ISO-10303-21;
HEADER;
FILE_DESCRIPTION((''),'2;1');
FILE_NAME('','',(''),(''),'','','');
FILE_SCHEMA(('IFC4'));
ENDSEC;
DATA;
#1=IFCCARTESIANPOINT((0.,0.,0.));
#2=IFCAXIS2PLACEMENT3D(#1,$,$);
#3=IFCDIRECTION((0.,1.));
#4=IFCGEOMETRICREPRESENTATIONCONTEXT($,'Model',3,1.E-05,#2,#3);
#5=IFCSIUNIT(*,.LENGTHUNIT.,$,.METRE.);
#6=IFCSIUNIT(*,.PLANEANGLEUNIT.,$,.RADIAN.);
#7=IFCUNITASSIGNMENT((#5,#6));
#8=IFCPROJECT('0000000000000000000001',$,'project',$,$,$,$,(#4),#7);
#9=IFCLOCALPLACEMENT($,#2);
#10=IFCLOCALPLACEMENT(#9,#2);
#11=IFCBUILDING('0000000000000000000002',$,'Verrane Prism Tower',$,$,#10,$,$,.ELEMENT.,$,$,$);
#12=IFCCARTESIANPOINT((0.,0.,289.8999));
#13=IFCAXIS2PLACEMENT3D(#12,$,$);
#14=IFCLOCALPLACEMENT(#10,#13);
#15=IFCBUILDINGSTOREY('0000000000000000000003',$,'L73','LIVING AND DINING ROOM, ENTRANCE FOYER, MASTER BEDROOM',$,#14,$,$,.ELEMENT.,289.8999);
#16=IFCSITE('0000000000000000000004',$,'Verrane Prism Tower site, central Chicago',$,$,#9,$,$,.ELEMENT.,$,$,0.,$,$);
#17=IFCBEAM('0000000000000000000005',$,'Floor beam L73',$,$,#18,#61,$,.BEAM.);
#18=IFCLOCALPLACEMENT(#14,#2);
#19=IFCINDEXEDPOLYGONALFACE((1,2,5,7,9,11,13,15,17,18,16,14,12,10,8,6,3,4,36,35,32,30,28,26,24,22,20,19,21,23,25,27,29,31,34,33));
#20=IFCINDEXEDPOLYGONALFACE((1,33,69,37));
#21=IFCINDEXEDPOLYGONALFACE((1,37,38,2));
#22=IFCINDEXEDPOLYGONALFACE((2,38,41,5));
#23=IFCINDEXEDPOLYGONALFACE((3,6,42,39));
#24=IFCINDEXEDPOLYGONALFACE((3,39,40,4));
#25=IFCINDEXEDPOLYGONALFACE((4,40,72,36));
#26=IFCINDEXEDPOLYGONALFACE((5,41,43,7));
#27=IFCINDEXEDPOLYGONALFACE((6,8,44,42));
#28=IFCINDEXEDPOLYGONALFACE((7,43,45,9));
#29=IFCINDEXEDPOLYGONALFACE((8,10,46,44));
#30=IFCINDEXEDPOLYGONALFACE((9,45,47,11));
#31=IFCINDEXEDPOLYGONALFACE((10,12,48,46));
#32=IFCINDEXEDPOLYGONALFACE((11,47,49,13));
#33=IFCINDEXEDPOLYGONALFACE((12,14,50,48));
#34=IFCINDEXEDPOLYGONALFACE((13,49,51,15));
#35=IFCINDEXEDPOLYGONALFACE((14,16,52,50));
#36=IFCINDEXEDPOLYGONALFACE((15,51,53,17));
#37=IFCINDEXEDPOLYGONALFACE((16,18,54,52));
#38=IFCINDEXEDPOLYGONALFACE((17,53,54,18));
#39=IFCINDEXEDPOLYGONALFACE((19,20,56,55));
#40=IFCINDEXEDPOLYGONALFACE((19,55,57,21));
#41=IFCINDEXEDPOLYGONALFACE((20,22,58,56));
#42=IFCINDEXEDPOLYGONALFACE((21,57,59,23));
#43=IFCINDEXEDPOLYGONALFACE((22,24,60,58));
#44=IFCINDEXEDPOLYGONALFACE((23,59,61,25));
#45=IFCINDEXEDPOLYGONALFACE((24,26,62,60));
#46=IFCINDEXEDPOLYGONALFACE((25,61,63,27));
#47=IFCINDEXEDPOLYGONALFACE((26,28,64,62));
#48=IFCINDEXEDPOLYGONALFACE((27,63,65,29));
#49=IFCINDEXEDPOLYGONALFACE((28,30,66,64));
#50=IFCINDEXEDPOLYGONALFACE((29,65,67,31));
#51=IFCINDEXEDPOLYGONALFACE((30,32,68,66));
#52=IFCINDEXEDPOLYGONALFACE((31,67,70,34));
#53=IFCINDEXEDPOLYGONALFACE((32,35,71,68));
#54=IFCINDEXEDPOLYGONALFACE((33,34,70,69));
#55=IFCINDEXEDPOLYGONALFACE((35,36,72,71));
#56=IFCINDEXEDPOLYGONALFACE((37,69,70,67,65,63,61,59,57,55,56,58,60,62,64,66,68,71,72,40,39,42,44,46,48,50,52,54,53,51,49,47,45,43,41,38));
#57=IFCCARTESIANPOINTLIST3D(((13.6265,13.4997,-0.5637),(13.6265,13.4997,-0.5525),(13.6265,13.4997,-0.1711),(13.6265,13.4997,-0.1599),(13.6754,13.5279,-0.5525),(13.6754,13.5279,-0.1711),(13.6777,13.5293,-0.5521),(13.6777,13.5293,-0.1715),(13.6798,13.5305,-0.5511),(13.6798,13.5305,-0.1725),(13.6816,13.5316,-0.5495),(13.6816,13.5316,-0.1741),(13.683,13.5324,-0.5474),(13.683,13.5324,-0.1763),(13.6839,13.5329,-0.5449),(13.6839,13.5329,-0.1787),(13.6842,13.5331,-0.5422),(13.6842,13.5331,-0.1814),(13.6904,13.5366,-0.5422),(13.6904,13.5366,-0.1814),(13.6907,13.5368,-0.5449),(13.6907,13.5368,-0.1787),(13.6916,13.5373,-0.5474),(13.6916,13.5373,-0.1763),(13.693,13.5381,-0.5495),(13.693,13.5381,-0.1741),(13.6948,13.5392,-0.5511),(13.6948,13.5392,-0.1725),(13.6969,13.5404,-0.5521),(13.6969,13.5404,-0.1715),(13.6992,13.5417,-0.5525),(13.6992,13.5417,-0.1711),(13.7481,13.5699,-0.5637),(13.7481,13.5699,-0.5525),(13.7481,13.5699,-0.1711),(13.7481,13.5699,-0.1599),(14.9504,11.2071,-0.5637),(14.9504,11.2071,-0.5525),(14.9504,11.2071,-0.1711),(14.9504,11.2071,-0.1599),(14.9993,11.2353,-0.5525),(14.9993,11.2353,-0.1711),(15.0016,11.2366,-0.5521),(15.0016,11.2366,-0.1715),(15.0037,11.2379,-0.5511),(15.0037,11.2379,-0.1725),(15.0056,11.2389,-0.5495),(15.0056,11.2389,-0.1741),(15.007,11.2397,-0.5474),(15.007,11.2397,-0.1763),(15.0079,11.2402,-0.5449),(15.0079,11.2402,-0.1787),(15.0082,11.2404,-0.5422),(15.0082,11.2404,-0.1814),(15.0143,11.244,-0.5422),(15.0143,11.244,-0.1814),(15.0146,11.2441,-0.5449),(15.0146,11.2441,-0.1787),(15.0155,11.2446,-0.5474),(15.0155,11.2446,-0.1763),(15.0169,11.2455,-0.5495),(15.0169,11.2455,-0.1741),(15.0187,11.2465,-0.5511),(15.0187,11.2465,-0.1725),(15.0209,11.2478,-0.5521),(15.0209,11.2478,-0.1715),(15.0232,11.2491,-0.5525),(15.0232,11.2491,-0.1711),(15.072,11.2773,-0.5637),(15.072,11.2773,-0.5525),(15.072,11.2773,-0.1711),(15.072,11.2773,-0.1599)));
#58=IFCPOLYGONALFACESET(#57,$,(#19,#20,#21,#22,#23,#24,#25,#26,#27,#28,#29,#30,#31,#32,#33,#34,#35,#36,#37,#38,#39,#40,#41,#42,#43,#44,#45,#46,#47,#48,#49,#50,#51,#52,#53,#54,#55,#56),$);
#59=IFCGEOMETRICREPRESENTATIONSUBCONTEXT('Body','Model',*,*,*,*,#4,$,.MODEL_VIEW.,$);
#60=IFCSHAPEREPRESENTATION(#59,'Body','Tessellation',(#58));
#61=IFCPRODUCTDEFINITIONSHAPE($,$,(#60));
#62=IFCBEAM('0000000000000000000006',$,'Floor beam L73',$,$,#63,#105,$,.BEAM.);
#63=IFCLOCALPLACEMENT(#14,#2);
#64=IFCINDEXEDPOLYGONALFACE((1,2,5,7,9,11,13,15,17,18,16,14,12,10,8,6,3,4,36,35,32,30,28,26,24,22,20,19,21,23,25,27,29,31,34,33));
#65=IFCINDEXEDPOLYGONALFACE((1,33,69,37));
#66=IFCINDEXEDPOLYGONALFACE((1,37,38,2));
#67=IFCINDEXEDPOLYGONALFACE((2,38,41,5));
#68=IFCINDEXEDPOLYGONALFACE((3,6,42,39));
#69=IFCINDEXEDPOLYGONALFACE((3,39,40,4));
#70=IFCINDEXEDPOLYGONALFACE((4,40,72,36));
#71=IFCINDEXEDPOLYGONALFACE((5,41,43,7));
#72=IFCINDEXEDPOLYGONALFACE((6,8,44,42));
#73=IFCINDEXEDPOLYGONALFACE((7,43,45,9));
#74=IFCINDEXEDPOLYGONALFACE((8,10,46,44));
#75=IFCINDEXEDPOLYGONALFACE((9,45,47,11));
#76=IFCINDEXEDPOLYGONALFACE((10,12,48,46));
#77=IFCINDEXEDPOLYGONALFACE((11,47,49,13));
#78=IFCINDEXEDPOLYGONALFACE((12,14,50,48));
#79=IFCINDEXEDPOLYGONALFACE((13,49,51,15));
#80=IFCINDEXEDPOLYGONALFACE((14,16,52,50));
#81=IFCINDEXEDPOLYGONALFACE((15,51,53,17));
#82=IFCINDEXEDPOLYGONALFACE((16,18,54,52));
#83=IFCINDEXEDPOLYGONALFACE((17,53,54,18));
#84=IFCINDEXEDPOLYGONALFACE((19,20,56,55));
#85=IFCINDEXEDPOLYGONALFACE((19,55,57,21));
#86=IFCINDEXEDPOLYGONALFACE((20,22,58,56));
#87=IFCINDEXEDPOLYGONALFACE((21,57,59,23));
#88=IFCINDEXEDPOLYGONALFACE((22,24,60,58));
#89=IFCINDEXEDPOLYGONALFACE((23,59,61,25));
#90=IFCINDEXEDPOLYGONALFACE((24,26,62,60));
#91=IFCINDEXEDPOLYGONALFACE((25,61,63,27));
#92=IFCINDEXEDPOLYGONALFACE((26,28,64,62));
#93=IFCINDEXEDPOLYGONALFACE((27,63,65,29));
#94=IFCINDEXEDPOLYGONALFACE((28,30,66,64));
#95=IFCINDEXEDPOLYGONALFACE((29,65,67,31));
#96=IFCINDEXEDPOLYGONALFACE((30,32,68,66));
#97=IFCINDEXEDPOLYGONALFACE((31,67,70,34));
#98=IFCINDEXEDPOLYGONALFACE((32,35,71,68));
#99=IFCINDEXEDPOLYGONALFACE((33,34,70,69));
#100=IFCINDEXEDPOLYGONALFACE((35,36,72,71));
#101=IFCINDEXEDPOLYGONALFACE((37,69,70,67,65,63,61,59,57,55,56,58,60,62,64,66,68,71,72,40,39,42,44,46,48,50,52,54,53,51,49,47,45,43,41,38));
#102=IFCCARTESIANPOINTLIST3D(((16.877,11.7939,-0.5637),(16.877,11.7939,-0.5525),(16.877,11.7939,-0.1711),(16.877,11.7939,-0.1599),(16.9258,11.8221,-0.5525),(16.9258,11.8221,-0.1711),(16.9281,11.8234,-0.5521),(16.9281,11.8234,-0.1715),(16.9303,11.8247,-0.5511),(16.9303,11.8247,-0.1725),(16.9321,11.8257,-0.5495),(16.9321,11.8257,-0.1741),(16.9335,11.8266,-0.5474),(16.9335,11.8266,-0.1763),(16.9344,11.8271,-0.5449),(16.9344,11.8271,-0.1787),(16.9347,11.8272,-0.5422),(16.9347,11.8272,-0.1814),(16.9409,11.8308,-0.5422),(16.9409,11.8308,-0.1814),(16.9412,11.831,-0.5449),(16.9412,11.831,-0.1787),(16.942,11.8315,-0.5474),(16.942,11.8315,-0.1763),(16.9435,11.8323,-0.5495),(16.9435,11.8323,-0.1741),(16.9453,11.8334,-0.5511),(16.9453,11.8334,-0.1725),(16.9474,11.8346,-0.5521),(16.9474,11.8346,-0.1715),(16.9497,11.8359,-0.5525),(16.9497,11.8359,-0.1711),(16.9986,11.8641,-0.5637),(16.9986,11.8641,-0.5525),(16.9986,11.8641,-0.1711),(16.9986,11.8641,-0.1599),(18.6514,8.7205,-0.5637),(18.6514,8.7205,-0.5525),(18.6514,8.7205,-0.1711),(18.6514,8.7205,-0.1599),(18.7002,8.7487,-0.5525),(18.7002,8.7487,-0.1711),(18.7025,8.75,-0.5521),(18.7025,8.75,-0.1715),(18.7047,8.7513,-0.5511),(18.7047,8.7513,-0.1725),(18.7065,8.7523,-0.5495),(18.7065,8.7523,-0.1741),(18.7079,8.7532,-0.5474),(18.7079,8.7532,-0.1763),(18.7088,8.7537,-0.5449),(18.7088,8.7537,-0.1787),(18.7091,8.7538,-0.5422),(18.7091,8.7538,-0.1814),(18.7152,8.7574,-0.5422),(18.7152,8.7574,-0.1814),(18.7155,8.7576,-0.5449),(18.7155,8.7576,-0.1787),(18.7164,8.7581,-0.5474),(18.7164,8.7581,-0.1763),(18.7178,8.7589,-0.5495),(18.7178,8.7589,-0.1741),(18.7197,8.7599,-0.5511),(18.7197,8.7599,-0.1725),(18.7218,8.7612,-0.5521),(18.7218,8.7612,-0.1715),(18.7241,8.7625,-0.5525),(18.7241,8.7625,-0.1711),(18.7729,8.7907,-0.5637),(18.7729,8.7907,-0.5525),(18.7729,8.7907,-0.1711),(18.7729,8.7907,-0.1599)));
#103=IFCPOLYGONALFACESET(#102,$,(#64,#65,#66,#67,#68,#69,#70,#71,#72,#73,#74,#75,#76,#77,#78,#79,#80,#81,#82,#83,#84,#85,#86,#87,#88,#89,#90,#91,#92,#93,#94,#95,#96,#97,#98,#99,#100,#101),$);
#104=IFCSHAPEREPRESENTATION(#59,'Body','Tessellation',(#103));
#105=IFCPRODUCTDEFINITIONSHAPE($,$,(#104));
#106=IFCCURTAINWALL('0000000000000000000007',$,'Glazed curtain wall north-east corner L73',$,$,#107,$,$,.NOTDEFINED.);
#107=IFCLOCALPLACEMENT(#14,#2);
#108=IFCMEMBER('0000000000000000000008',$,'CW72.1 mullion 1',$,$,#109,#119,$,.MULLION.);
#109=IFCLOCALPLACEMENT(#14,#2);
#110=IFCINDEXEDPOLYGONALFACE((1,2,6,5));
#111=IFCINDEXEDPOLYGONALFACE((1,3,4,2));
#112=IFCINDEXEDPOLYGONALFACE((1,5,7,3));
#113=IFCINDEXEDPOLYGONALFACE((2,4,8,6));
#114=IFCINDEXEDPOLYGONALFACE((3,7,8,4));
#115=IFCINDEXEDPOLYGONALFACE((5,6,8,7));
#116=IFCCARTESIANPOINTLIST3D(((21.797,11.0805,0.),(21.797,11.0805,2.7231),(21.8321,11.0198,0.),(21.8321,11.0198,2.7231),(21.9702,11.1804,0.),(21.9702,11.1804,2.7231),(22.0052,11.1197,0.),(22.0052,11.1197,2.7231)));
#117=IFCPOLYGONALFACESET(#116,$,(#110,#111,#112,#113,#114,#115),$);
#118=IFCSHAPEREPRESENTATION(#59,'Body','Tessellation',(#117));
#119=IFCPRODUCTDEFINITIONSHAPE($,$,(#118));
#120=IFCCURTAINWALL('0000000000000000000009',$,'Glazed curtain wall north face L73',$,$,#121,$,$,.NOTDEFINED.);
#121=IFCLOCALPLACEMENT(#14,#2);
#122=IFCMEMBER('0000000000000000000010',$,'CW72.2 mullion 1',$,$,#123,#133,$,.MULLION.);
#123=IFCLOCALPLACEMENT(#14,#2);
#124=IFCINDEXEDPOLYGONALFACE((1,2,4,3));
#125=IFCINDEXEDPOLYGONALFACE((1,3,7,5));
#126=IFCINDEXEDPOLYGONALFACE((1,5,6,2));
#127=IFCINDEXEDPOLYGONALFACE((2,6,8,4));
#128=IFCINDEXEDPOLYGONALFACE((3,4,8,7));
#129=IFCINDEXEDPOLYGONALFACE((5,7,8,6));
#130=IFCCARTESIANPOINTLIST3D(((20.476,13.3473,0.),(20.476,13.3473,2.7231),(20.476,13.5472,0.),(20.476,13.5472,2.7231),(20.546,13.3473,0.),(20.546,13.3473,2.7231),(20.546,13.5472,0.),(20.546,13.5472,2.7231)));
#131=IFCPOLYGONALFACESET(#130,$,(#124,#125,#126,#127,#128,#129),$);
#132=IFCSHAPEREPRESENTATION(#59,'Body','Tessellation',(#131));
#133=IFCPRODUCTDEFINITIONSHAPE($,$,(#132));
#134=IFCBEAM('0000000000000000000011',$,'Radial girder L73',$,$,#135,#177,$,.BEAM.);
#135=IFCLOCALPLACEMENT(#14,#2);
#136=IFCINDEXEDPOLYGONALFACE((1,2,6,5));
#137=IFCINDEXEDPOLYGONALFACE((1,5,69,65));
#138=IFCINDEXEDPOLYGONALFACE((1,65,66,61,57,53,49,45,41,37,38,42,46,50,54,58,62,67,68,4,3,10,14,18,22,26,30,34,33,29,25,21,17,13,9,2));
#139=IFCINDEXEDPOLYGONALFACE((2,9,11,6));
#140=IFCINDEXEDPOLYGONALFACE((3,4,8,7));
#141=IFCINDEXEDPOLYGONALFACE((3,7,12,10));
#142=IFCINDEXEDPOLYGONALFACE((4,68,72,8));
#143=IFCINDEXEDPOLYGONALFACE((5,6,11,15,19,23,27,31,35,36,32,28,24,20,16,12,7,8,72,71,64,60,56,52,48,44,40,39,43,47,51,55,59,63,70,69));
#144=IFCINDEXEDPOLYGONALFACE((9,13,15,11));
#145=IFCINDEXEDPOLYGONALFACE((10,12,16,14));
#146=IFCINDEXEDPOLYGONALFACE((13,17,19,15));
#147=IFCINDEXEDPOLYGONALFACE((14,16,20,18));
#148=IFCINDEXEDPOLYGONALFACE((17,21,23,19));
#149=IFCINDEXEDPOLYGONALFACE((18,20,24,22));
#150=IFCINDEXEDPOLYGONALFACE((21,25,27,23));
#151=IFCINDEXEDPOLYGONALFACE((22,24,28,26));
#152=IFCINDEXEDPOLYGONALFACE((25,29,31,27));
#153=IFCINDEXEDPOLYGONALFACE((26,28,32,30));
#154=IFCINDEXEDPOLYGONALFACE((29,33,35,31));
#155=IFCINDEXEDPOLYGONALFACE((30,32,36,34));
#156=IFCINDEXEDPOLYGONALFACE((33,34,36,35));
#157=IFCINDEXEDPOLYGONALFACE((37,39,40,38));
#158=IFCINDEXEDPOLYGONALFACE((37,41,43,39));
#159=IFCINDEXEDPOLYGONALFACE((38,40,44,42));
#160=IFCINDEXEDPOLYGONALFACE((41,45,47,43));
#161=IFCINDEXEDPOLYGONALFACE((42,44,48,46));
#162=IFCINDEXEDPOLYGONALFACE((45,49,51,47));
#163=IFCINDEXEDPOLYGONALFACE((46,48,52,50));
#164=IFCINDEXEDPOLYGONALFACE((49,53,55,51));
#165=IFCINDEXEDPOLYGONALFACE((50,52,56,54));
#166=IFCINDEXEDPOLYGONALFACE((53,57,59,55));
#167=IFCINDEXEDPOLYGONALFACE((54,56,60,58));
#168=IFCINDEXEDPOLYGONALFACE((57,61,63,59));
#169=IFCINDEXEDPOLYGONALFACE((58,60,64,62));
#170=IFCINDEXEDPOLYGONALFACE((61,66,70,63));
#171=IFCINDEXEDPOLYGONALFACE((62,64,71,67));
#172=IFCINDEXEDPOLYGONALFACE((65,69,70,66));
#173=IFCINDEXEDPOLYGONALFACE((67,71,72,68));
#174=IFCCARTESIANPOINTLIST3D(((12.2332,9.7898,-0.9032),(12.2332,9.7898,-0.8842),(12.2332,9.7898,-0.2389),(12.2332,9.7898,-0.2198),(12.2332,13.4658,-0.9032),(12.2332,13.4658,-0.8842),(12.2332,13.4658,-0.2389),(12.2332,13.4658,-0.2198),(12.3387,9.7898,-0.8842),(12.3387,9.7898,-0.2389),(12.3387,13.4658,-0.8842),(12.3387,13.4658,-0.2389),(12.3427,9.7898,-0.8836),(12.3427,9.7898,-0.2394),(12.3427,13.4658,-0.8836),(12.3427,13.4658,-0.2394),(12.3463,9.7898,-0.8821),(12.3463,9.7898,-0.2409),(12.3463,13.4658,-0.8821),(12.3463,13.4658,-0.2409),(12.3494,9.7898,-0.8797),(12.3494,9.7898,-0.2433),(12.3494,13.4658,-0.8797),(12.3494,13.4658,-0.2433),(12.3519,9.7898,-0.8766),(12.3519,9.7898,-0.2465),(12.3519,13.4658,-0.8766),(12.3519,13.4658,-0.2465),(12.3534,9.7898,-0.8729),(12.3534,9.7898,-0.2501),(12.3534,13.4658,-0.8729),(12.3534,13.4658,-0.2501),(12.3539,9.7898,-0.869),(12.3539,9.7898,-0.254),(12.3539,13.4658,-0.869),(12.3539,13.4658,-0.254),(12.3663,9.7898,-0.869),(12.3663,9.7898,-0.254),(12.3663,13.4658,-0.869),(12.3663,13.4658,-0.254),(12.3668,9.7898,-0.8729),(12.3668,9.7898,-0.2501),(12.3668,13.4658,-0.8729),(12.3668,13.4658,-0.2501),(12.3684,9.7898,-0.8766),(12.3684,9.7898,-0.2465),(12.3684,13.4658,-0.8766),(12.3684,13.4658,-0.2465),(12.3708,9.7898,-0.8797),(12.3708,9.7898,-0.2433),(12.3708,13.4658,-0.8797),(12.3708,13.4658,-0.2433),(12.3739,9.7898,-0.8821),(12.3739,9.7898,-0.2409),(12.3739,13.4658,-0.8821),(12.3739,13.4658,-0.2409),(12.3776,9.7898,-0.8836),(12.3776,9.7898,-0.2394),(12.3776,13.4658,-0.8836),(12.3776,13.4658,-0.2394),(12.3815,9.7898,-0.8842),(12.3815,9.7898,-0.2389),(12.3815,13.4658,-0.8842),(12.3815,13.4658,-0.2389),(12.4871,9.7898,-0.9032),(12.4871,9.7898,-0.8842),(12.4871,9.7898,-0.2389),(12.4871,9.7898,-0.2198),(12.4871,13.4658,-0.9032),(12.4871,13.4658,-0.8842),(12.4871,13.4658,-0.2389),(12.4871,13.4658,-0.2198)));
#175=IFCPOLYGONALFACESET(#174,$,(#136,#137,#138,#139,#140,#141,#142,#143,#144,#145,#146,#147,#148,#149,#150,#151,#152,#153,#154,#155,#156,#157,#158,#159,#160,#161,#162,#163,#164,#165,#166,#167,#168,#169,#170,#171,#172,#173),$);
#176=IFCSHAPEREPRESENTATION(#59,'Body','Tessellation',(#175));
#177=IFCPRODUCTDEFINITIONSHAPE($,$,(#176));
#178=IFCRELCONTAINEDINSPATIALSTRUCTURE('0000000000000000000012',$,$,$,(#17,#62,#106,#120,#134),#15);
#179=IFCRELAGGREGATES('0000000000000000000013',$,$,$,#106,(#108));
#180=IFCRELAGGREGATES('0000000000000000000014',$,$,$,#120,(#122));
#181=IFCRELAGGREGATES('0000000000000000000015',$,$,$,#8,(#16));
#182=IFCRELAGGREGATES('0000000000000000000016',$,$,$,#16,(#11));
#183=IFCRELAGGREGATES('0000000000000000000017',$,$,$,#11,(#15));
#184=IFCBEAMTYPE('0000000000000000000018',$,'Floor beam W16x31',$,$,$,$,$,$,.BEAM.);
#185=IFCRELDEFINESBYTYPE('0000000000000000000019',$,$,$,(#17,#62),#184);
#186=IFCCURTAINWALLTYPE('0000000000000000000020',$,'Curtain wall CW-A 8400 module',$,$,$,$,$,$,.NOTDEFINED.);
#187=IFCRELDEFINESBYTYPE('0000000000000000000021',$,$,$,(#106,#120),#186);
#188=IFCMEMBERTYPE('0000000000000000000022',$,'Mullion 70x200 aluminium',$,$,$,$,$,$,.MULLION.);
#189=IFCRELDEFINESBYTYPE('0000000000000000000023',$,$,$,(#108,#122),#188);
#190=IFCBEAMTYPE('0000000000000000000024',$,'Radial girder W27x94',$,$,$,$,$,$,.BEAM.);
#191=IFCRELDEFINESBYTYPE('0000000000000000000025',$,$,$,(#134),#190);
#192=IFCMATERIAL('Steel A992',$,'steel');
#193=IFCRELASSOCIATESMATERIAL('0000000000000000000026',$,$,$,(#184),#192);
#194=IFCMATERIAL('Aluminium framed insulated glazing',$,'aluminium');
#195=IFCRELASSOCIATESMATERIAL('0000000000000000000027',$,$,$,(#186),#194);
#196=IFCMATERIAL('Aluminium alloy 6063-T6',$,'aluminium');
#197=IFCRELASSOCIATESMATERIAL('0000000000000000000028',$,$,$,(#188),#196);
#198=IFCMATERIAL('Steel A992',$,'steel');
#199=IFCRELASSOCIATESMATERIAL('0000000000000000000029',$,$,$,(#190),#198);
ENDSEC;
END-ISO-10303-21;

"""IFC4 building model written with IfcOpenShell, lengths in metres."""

from ifc_helpers import new_model, si_unit, direction, frame, origin, origin_2d, place, context, subcontext, project, spatial, rectangle, i_section, extrude, material, material_profile, profile_set, type_object, element, aggregate, save


model = new_model("IFC4")

# Units and contexts
model_context = context("Model", 3, precision=1e-05, world=origin(), true_north=direction((0.0, 1.0)))
body_context = subcontext(model_context, "Body", "Model", "MODEL_VIEW")
ifc_project = project(units=[si_unit("LENGTHUNIT", "METRE"), si_unit("PLANEANGLEUNIT", "RADIAN")], contexts=[model_context])

# Site, building, storey
site_placement = place(None, origin())
site = spatial("IfcSite", under=ifc_project, at=site_placement, Name="Verrane Prism Tower site, central Chicago", CompositionType="ELEMENT", RefElevation=0.0)
building_placement = place(site_placement, origin())
building = spatial("IfcBuilding", under=site, at=building_placement, Name="Verrane Prism Tower", CompositionType="ELEMENT")
storey_placement = place(building_placement, frame((0.0, 0.0, 289.8999)))
storey = spatial("IfcBuildingStorey", under=building, at=storey_placement, Name="L73", Description="LIVING AND DINING ROOM, ENTRANCE FOYER, MASTER BEDROOM", CompositionType="ELEMENT", Elevation=289.8999)

# Beams
ifc_material_1 = material(Name="Steel A992", Category="steel")
ifc_material_profile_1 = material_profile(ifc_material_1, i_section(OverallWidth=0.1404, OverallDepth=0.4038, WebThickness=0.0071, FlangeThickness=0.0112, FilletRadius=0.0103, at=origin_2d()), Name="W16x31")
ifc_profile_set_1 = profile_set([ifc_material_profile_1], Name="Steel A992")
beam_type_1 = type_object("IfcBeamType", Name="Floor beam W16x31", PredefinedType="BEAM", material=ifc_profile_set_1)
beam_1_placement = place(storey_placement, frame((15.0112, 11.2422, -0.3618), z_axis=(-0.500076, 0.865981, 0.0), x_axis=(-0.865981, -0.500076, 0.0)))
element("IfcBeam", 1, at=beam_1_placement, inside=storey, type_object=beam_type_1, Name="Floor beam L73", PredefinedType="BEAM", context=body_context, shape_type="SweptSolid", body=[
    extrude(i_section(OverallWidth=0.1404, OverallDepth=0.4038, WebThickness=0.0071, FlangeThickness=0.0112, FilletRadius=0.0103, at=origin_2d()), origin(), (0.0, 0.0, 1.0), 2.6475),
])
beam_2_placement = place(storey_placement, frame((18.7122, 8.7556, -0.3618), z_axis=(-0.499986, 0.866033, 0.0), x_axis=(-0.866033, -0.499986, 0.0)))
element("IfcBeam", 2, at=beam_2_placement, inside=storey, type_object=beam_type_1, Name="Floor beam L73", PredefinedType="BEAM", context=body_context, shape_type="SweptSolid", body=[
    extrude(i_section(OverallWidth=0.1404, OverallDepth=0.4038, WebThickness=0.0071, FlangeThickness=0.0112, FilletRadius=0.0103, at=origin_2d()), origin(), (0.0, 0.0, 1.0), 3.5488),
])

# Curtain walls, members
ifc_material_2 = material(Name="Aluminium framed insulated glazing", Category="aluminium")
curtain_wall_type = type_object("IfcCurtainWallType", Name="Curtain wall CW-A 8400 module", PredefinedType="NOTDEFINED", material=ifc_material_2)
curtain_wall_1_placement = place(storey_placement, origin())
curtain_wall_1 = element("IfcCurtainWall", 3, at=curtain_wall_1_placement, inside=storey, type_object=curtain_wall_type, Name="Glazed curtain wall north-east corner L73", PredefinedType="NOTDEFINED")
ifc_material_3 = material(Name="Aluminium alloy 6063-T6", Category="aluminium")
ifc_material_profile_2 = material_profile(ifc_material_3, rectangle(XDim=0.2, YDim=0.0701, at=origin_2d()), Name="Mullion 70x200 aluminium")
ifc_profile_set_2 = profile_set([ifc_material_profile_2], Name="Aluminium alloy 6063-T6")
member_type_1 = type_object("IfcMemberType", Name="Mullion 70x200 aluminium", PredefinedType="MULLION", material=ifc_profile_set_2)
member_1_placement = place(storey_placement, frame((21.9011, 11.1001, 0.0), z_axis=(0.0, 0.0, 1.0), x_axis=(-0.866024, -0.500002, 0.0)))
member_1 = element("IfcMember", 4, at=member_1_placement, type_object=member_type_1, Name="CW72.1 mullion 1", PredefinedType="MULLION", context=body_context, shape_type="SweptSolid", body=[
    extrude(rectangle(XDim=0.2, YDim=0.0701, at=origin_2d()), origin(), (0.0, 0.0, 1.0), 2.7231),
])
curtain_wall_2_placement = place(storey_placement, origin())
curtain_wall_2 = element("IfcCurtainWall", 5, at=curtain_wall_2_placement, inside=storey, type_object=curtain_wall_type, Name="Glazed curtain wall north face L73", PredefinedType="NOTDEFINED")
member_2_placement = place(storey_placement, frame((20.511, 13.4473, 0.0), z_axis=(0.0, 0.0, 1.0), x_axis=(0.0, -1.0, 0.0)))
member_2 = element("IfcMember", 6, at=member_2_placement, type_object=member_type_1, Name="CW72.2 mullion 1", PredefinedType="MULLION", context=body_context, shape_type="SweptSolid", body=[
    extrude(rectangle(XDim=0.2, YDim=0.0701, at=origin_2d()), origin(), (0.0, 0.0, 1.0), 2.7231),
])

# Beam
ifc_material_4 = material(Name="Steel A992", Category="steel")
ifc_material_profile_3 = material_profile(ifc_material_4, i_section(OverallWidth=0.2539, OverallDepth=0.6833, WebThickness=0.0125, FlangeThickness=0.019, FilletRadius=0.0151, at=origin_2d()), Name="W27x94")
ifc_profile_set_3 = profile_set([ifc_material_profile_3], Name="Steel A992")
beam_type_2 = type_object("IfcBeamType", Name="Radial girder W27x94", PredefinedType="BEAM", material=ifc_profile_set_3)
beam_3_placement = place(storey_placement, frame((12.3601, 13.4658, -0.5615), z_axis=(0.0, -1.0, 0.0), x_axis=(1.0, 0.0, 0.0)))
element("IfcBeam", 7, at=beam_3_placement, inside=storey, type_object=beam_type_2, Name="Radial girder L73", PredefinedType="BEAM", context=body_context, shape_type="SweptSolid", body=[
    extrude(i_section(OverallWidth=0.2539, OverallDepth=0.6833, WebThickness=0.0125, FlangeThickness=0.019, FilletRadius=0.0151, at=origin_2d()), origin(), (0.0, 0.0, 1.0), 3.676),
])

aggregate(curtain_wall_1, [member_1])
aggregate(curtain_wall_2, [member_2])

save(model, "model.ifc")
